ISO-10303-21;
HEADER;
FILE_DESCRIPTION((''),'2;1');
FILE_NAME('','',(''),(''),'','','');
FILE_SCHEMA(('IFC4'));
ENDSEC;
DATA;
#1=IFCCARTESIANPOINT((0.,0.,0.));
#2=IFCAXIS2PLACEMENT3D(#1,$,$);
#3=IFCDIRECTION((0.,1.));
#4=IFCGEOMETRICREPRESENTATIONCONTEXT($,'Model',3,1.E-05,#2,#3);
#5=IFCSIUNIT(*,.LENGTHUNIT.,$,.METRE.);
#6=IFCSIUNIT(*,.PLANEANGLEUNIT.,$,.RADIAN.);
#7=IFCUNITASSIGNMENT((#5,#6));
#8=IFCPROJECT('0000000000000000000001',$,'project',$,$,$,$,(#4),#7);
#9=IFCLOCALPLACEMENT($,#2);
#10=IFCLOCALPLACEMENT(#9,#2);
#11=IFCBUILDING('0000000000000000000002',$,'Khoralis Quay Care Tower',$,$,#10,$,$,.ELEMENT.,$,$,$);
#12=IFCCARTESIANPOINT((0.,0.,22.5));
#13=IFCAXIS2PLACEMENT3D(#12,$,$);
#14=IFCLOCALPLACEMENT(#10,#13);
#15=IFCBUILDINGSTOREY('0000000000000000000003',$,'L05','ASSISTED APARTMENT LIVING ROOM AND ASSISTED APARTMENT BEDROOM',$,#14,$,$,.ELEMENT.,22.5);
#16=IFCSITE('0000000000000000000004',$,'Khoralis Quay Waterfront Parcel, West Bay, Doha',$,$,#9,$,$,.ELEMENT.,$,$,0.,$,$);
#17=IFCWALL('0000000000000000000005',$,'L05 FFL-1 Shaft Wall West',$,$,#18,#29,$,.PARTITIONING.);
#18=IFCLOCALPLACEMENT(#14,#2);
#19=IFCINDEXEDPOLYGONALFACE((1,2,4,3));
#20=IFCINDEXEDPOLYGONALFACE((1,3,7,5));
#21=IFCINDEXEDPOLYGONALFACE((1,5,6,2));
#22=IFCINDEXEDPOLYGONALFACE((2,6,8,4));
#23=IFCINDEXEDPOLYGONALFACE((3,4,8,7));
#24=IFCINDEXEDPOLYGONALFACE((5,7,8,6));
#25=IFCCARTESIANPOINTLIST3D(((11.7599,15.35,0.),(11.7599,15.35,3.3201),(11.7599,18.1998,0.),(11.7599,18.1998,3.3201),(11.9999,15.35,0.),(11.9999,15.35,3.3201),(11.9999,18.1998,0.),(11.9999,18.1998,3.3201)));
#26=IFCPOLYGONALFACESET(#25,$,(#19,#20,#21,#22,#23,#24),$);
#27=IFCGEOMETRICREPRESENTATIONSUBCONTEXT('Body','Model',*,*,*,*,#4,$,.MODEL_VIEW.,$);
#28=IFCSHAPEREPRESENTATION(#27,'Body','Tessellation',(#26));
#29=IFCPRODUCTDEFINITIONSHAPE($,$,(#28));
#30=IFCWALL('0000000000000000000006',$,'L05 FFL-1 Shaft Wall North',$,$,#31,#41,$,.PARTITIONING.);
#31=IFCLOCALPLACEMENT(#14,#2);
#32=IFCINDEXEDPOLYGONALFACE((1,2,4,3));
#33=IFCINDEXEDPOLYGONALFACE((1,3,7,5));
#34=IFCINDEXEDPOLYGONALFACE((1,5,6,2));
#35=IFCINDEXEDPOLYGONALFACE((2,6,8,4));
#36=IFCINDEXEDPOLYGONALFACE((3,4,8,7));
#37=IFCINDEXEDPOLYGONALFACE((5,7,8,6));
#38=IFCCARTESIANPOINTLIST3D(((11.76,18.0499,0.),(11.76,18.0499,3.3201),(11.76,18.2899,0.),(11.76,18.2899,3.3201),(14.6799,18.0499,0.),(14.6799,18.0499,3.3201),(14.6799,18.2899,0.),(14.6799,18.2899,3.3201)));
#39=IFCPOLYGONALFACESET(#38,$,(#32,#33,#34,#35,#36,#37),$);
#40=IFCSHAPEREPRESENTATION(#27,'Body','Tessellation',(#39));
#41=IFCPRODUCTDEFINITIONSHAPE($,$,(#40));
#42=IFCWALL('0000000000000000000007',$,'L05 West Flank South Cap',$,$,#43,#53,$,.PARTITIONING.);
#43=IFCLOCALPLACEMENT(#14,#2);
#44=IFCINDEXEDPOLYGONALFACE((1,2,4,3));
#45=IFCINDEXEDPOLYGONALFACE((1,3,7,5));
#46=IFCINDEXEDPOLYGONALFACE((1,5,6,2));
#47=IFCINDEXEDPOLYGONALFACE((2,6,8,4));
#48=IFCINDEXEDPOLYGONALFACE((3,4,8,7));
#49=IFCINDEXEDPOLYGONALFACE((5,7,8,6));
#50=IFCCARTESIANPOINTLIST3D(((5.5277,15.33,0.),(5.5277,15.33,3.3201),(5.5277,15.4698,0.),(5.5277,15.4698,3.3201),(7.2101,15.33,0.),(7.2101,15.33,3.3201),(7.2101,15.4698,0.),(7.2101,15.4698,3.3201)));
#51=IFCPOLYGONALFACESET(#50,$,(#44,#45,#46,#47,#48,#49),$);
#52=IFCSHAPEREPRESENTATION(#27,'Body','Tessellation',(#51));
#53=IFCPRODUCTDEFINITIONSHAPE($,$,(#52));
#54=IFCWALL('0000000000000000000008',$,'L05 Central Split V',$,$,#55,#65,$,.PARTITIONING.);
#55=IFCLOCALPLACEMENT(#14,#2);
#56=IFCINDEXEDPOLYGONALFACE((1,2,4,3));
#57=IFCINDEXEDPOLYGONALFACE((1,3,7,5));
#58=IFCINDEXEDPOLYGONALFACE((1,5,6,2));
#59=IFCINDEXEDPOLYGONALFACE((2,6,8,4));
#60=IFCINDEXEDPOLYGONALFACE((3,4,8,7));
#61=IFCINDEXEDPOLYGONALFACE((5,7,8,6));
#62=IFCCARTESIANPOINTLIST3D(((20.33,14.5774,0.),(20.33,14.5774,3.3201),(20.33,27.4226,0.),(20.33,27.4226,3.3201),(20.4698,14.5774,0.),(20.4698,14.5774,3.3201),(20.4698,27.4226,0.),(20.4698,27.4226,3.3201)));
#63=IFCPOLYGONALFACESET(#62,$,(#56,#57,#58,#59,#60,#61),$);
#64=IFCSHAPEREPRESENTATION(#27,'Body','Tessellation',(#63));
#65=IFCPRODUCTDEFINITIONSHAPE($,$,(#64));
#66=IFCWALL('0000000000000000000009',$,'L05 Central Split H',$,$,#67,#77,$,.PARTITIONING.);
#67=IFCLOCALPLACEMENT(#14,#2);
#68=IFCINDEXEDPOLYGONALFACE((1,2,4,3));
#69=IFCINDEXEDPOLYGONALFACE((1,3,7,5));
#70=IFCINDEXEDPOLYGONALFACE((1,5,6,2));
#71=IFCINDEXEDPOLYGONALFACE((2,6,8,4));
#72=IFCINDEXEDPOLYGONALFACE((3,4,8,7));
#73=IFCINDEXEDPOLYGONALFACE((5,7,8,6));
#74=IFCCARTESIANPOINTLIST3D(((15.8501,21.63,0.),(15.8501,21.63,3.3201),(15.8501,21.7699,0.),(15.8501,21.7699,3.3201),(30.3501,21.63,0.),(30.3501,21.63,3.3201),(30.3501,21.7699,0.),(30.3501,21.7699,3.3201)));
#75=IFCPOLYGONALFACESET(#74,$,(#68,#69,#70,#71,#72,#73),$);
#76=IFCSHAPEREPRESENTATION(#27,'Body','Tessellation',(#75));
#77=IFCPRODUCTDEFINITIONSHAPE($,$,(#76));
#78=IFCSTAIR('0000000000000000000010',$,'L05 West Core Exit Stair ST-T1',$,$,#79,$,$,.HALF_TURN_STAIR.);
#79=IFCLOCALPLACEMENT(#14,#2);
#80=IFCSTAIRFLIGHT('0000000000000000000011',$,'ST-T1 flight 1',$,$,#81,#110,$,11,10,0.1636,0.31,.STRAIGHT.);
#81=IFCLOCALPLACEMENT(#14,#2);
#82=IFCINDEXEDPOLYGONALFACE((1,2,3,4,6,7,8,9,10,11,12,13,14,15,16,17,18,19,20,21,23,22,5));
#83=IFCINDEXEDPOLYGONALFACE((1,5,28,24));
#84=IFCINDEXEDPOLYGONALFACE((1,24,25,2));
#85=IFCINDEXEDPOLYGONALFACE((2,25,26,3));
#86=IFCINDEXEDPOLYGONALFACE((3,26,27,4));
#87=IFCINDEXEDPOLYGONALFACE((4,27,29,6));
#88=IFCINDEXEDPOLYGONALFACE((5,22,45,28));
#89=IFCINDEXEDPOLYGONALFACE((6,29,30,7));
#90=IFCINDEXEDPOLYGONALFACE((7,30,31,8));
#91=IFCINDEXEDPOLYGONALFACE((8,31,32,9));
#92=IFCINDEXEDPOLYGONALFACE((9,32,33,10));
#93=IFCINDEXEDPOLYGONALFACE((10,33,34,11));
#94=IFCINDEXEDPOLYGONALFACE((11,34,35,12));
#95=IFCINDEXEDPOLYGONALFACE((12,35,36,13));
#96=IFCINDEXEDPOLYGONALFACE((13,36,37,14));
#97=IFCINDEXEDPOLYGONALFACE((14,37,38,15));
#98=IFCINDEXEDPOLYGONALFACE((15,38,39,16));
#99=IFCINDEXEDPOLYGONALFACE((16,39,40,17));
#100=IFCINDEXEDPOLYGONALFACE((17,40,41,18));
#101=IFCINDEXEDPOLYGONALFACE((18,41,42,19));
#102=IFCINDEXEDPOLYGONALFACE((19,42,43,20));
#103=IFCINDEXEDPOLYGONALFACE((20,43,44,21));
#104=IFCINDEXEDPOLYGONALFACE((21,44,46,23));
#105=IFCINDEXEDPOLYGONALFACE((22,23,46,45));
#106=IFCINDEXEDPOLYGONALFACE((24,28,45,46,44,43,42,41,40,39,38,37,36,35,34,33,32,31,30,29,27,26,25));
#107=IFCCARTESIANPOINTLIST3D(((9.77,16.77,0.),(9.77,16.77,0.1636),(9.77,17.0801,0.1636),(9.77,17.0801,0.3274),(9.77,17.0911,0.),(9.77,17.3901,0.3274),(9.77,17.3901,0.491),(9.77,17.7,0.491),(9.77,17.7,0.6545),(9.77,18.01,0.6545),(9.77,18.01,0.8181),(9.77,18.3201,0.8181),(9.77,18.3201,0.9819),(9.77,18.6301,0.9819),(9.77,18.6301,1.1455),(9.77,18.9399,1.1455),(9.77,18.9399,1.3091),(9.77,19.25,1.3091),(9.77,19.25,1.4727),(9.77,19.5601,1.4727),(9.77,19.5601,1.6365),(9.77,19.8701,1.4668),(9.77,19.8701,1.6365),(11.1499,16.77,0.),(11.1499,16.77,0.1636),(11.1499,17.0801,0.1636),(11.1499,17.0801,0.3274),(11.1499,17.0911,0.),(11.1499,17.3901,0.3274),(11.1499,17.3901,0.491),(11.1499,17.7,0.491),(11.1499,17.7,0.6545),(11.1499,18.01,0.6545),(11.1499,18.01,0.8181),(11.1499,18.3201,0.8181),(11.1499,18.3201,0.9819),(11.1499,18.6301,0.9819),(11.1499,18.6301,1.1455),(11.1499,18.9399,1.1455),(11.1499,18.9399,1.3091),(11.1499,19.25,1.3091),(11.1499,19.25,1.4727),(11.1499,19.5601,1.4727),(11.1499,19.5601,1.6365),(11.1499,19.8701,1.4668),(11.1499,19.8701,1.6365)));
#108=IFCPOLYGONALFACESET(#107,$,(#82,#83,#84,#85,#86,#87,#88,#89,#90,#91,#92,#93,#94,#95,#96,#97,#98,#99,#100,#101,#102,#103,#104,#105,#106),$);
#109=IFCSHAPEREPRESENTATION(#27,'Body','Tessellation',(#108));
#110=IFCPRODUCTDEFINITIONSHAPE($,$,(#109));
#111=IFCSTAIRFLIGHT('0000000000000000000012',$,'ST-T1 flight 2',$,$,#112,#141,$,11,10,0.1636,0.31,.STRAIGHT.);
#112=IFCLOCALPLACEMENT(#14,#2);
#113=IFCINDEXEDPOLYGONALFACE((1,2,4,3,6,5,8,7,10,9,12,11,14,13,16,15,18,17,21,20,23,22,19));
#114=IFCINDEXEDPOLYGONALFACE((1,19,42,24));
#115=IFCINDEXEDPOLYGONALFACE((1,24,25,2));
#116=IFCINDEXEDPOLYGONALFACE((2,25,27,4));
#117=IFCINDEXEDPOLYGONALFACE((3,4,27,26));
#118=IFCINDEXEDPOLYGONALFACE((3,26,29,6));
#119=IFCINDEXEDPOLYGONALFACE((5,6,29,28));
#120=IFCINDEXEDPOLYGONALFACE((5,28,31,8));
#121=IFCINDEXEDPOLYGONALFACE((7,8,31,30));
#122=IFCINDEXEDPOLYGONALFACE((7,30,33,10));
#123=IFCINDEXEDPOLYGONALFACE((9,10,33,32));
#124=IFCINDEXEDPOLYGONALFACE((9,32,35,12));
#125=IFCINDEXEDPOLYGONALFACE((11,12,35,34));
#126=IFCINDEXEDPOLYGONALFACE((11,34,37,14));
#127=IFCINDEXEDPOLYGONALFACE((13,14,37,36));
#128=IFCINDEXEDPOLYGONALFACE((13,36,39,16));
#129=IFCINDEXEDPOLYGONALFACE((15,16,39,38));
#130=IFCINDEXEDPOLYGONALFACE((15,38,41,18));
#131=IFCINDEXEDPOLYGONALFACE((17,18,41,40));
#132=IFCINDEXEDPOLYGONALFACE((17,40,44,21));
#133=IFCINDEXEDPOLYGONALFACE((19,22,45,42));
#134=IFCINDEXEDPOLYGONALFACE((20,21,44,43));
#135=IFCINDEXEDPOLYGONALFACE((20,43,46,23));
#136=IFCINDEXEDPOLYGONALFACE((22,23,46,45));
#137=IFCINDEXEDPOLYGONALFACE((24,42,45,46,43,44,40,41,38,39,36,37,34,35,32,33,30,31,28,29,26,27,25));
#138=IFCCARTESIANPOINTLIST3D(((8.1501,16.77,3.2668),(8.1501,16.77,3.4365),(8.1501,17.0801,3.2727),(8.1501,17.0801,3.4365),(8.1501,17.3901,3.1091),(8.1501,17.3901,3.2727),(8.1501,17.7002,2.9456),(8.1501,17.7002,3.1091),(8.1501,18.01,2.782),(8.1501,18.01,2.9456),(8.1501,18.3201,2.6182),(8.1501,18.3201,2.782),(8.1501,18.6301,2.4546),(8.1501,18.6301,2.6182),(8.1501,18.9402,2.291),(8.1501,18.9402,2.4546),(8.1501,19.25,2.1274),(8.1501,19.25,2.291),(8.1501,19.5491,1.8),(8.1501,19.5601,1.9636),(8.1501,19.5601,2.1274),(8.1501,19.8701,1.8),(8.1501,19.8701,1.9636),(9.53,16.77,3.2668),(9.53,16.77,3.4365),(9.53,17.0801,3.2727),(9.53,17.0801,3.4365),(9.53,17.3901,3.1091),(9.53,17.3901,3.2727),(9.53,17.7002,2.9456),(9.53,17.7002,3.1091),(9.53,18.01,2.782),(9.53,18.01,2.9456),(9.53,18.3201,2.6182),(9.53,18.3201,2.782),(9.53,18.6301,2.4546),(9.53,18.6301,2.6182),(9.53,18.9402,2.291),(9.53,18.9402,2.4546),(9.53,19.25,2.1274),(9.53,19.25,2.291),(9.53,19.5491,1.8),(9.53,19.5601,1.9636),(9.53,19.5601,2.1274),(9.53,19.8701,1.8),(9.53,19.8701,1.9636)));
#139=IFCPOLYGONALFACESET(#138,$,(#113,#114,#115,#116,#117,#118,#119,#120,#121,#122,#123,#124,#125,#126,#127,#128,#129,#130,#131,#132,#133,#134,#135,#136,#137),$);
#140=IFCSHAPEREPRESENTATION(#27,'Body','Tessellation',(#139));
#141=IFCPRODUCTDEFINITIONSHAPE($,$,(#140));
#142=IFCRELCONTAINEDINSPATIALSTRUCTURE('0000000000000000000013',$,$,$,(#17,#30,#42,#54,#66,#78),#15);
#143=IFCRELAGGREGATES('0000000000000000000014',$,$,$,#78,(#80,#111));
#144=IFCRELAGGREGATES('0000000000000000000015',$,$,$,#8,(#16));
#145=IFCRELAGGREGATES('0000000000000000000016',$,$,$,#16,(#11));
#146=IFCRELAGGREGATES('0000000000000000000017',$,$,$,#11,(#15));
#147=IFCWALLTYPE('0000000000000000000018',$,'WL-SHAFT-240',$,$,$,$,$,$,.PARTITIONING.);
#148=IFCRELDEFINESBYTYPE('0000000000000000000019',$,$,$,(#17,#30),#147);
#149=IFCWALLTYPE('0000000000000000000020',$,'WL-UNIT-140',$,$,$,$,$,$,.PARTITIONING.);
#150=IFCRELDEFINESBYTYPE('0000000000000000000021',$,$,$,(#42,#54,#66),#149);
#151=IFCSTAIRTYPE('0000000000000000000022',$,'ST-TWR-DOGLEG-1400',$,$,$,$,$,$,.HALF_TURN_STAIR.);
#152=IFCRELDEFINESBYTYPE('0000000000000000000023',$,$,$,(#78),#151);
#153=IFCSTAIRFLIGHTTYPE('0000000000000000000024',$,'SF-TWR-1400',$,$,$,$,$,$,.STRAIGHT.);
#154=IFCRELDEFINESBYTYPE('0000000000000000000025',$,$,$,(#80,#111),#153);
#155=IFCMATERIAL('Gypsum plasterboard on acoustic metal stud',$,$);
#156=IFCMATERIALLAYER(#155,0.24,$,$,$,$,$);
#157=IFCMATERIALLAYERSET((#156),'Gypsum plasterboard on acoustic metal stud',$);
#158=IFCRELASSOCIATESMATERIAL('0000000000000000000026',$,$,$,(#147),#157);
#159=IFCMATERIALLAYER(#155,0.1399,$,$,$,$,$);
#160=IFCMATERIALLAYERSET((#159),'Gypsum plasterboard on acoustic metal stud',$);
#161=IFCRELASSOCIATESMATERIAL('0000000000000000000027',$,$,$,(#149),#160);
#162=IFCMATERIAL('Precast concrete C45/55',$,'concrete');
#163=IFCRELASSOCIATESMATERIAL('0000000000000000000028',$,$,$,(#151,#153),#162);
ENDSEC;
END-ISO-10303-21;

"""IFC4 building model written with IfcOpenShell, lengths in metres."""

from ifc_helpers import new_model, si_unit, direction, frame, frame_2d, origin, place, context, subcontext, project, spatial, polyline, rectangle, outline, extrude, source, transform, mapped, material, layer, layer_set, type_object, element, aggregate, save


model = new_model("IFC4")

# Units and contexts
model_context = context("Model", 3, precision=1e-05, world=origin(), true_north=direction((0.0, 1.0)))
body_context = subcontext(model_context, "Body", "Model", "MODEL_VIEW")
ifc_project = project(units=[si_unit("LENGTHUNIT", "METRE"), si_unit("PLANEANGLEUNIT", "RADIAN")], contexts=[model_context])

# Site, building, storey
site_placement = place(None, origin())
site = spatial("IfcSite", under=ifc_project, at=site_placement, Name="Khoralis Quay Waterfront Parcel, West Bay, Doha", CompositionType="ELEMENT", RefElevation=0.0)
building_placement = place(site_placement, origin())
building = spatial("IfcBuilding", under=site, at=building_placement, Name="Khoralis Quay Care Tower", CompositionType="ELEMENT")
storey_placement = place(building_placement, frame((0.0, 0.0, 22.5)))
storey = spatial("IfcBuildingStorey", under=building, at=storey_placement, Name="L05", Description="ASSISTED APARTMENT LIVING ROOM AND ASSISTED APARTMENT BEDROOM", CompositionType="ELEMENT", Elevation=22.5)

# Shared definitions
ifc_material_1 = material(Name="Gypsum plasterboard on acoustic metal stud")

# Walls
ifc_layer_1 = layer(ifc_material_1, 0.24)
ifc_layer_set_1 = layer_set([ifc_layer_1], Name="Gypsum plasterboard on acoustic metal stud")
wall_type_1 = type_object("IfcWallType", Name="WL-SHAFT-240", PredefinedType="PARTITIONING", material=ifc_layer_set_1)
wall_1_placement = place(storey_placement, frame((11.8799, 15.3501, 0.0), z_axis=(0.0, 0.0, 1.0), x_axis=(0.0, 1.0, 0.0)))
element("IfcWall", 1, at=wall_1_placement, inside=storey, type_object=wall_type_1, Name="L05 FFL-1 Shaft Wall West", PredefinedType="PARTITIONING", context=body_context, shape_type="SweptSolid", body=[
    extrude(rectangle(XDim=2.8499, YDim=0.24, at=frame_2d((1.4248, 0.0))), origin(), (0.0, 0.0, 1.0), 3.3201),
])
wall_2_placement = place(storey_placement, frame((11.76, 18.1699, 0.0), z_axis=(0.0, 0.0, 1.0), x_axis=(1.0, 0.0, 0.0)))
element("IfcWall", 2, at=wall_2_placement, inside=storey, type_object=wall_type_1, Name="L05 FFL-1 Shaft Wall North", PredefinedType="PARTITIONING", context=body_context, shape_type="SweptSolid", body=[
    extrude(rectangle(XDim=2.9199, YDim=0.24, at=frame_2d((1.46, 0.0))), origin(), (0.0, 0.0, 1.0), 3.3201),
])
ifc_layer_2 = layer(ifc_material_1, 0.1399)
ifc_layer_set_2 = layer_set([ifc_layer_2], Name="Gypsum plasterboard on acoustic metal stud")
wall_type_2 = type_object("IfcWallType", Name="WL-UNIT-140", PredefinedType="PARTITIONING", material=ifc_layer_set_2)
wall_3_placement = place(storey_placement, frame((5.5276, 15.3999, 0.0), z_axis=(0.0, 0.0, 1.0), x_axis=(1.0, 0.0, 0.0)))
element("IfcWall", 3, at=wall_3_placement, inside=storey, type_object=wall_type_2, Name="L05 West Flank South Cap", PredefinedType="PARTITIONING", context=body_context, shape_type="SweptSolid", body=[
    extrude(rectangle(XDim=1.6824, YDim=0.1399, at=frame_2d((0.8413, 0.0))), origin(), (0.0, 0.0, 1.0), 3.3201),
])
wall_4_placement = place(storey_placement, frame((20.3999, 14.5774, 0.0), z_axis=(0.0, 0.0, 1.0), x_axis=(0.0, 1.0, 0.0)))
element("IfcWall", 4, at=wall_4_placement, inside=storey, type_object=wall_type_2, Name="L05 Central Split V", PredefinedType="PARTITIONING", context=body_context, shape_type="SweptSolid", body=[
    extrude(rectangle(XDim=12.8452, YDim=0.1399, at=frame_2d((6.4226, 0.0))), origin(), (0.0, 0.0, 1.0), 3.3201),
])
wall_5_placement = place(storey_placement, frame((15.8501, 21.7, 0.0), z_axis=(0.0, 0.0, 1.0), x_axis=(1.0, 0.0, 0.0)))
element("IfcWall", 5, at=wall_5_placement, inside=storey, type_object=wall_type_2, Name="L05 Central Split H", PredefinedType="PARTITIONING", context=body_context, shape_type="SweptSolid", body=[
    extrude(rectangle(XDim=14.5, YDim=0.1399, at=frame_2d((7.25, 0.0))), origin(), (0.0, 0.0, 1.0), 3.3201),
])

# Stair, stair flights
ifc_material_2 = material(Name="Precast concrete C45/55", Category="concrete")
stair_type = type_object("IfcStairType", Name="ST-TWR-DOGLEG-1400", PredefinedType="HALF_TURN_STAIR", material=ifc_material_2)
stair_placement = place(storey_placement, origin())
stair = element("IfcStair", 6, at=stair_placement, inside=storey, type_object=stair_type, Name="L05 West Core Exit Stair ST-T1", PredefinedType="HALF_TURN_STAIR")
stair_flight_type = type_object("IfcStairFlightType", Name="SF-TWR-1400", PredefinedType="STRAIGHT", material=ifc_material_2)
shared_shape_1 = source(origin(), body_context, "Body", "SweptSolid", [
    extrude(outline(polyline([(0.0, 0.0), (0.0, 0.1636), (0.3101, 0.1636), (0.3101, 0.3274), (0.6201, 0.3274), (0.6201, 0.491), (0.9299, 0.491), (0.9299, 0.6545), (1.24, 0.6545), (1.24, 0.8181), (1.55, 0.8181), (1.55, 0.9819), (1.8601, 0.9819), (1.8601, 1.1455), (2.1699, 1.1455), (2.1699, 1.3091), (2.48, 1.3091), (2.48, 1.4727), (2.79, 1.4727), (2.79, 1.6365), (3.1001, 1.6365), (3.1001, 1.8), (3.1001, 1.4668), (0.321, 0.0), (0.0, 0.0)])), frame((0.0, 0.6899, 0.0), z_axis=(0.0, -1.0, 0.0), x_axis=(1.0, 0.0, 0.0)), (0.0, 0.0, 1.0), 1.3799),
])
stair_flight_1_placement = place(storey_placement, frame((10.46, 16.77, 0.0), z_axis=(0.0, 0.0, 1.0), x_axis=(0.0, 1.0, 0.0)))
stair_flight_1 = element("IfcStairFlight", 7, at=stair_flight_1_placement, type_object=stair_flight_type, Name="ST-T1 flight 1", NumberOfRisers=11, NumberOfTreads=10, PredefinedType="STRAIGHT", RiserHeight=0.1636, TreadLength=0.31, context=body_context, shape_type="MappedRepresentation", body=[
    mapped(shared_shape_1, transform((0.0, 0.0, 0.0), scale=1.0)),
])
stair_flight_2_placement = place(storey_placement, frame((8.8401, 19.8701, 1.8), z_axis=(0.0, 0.0, 1.0), x_axis=(0.0, -1.0, 0.0)))
stair_flight_2 = element("IfcStairFlight", 8, at=stair_flight_2_placement, type_object=stair_flight_type, Name="ST-T1 flight 2", NumberOfRisers=11, NumberOfTreads=10, PredefinedType="STRAIGHT", RiserHeight=0.1636, TreadLength=0.31, context=body_context, shape_type="MappedRepresentation", body=[
    mapped(shared_shape_1, transform((0.0, 0.0, 0.0), scale=1.0)),
])
aggregate(stair, [stair_flight_1, stair_flight_2])

save(model, "model.ifc")
